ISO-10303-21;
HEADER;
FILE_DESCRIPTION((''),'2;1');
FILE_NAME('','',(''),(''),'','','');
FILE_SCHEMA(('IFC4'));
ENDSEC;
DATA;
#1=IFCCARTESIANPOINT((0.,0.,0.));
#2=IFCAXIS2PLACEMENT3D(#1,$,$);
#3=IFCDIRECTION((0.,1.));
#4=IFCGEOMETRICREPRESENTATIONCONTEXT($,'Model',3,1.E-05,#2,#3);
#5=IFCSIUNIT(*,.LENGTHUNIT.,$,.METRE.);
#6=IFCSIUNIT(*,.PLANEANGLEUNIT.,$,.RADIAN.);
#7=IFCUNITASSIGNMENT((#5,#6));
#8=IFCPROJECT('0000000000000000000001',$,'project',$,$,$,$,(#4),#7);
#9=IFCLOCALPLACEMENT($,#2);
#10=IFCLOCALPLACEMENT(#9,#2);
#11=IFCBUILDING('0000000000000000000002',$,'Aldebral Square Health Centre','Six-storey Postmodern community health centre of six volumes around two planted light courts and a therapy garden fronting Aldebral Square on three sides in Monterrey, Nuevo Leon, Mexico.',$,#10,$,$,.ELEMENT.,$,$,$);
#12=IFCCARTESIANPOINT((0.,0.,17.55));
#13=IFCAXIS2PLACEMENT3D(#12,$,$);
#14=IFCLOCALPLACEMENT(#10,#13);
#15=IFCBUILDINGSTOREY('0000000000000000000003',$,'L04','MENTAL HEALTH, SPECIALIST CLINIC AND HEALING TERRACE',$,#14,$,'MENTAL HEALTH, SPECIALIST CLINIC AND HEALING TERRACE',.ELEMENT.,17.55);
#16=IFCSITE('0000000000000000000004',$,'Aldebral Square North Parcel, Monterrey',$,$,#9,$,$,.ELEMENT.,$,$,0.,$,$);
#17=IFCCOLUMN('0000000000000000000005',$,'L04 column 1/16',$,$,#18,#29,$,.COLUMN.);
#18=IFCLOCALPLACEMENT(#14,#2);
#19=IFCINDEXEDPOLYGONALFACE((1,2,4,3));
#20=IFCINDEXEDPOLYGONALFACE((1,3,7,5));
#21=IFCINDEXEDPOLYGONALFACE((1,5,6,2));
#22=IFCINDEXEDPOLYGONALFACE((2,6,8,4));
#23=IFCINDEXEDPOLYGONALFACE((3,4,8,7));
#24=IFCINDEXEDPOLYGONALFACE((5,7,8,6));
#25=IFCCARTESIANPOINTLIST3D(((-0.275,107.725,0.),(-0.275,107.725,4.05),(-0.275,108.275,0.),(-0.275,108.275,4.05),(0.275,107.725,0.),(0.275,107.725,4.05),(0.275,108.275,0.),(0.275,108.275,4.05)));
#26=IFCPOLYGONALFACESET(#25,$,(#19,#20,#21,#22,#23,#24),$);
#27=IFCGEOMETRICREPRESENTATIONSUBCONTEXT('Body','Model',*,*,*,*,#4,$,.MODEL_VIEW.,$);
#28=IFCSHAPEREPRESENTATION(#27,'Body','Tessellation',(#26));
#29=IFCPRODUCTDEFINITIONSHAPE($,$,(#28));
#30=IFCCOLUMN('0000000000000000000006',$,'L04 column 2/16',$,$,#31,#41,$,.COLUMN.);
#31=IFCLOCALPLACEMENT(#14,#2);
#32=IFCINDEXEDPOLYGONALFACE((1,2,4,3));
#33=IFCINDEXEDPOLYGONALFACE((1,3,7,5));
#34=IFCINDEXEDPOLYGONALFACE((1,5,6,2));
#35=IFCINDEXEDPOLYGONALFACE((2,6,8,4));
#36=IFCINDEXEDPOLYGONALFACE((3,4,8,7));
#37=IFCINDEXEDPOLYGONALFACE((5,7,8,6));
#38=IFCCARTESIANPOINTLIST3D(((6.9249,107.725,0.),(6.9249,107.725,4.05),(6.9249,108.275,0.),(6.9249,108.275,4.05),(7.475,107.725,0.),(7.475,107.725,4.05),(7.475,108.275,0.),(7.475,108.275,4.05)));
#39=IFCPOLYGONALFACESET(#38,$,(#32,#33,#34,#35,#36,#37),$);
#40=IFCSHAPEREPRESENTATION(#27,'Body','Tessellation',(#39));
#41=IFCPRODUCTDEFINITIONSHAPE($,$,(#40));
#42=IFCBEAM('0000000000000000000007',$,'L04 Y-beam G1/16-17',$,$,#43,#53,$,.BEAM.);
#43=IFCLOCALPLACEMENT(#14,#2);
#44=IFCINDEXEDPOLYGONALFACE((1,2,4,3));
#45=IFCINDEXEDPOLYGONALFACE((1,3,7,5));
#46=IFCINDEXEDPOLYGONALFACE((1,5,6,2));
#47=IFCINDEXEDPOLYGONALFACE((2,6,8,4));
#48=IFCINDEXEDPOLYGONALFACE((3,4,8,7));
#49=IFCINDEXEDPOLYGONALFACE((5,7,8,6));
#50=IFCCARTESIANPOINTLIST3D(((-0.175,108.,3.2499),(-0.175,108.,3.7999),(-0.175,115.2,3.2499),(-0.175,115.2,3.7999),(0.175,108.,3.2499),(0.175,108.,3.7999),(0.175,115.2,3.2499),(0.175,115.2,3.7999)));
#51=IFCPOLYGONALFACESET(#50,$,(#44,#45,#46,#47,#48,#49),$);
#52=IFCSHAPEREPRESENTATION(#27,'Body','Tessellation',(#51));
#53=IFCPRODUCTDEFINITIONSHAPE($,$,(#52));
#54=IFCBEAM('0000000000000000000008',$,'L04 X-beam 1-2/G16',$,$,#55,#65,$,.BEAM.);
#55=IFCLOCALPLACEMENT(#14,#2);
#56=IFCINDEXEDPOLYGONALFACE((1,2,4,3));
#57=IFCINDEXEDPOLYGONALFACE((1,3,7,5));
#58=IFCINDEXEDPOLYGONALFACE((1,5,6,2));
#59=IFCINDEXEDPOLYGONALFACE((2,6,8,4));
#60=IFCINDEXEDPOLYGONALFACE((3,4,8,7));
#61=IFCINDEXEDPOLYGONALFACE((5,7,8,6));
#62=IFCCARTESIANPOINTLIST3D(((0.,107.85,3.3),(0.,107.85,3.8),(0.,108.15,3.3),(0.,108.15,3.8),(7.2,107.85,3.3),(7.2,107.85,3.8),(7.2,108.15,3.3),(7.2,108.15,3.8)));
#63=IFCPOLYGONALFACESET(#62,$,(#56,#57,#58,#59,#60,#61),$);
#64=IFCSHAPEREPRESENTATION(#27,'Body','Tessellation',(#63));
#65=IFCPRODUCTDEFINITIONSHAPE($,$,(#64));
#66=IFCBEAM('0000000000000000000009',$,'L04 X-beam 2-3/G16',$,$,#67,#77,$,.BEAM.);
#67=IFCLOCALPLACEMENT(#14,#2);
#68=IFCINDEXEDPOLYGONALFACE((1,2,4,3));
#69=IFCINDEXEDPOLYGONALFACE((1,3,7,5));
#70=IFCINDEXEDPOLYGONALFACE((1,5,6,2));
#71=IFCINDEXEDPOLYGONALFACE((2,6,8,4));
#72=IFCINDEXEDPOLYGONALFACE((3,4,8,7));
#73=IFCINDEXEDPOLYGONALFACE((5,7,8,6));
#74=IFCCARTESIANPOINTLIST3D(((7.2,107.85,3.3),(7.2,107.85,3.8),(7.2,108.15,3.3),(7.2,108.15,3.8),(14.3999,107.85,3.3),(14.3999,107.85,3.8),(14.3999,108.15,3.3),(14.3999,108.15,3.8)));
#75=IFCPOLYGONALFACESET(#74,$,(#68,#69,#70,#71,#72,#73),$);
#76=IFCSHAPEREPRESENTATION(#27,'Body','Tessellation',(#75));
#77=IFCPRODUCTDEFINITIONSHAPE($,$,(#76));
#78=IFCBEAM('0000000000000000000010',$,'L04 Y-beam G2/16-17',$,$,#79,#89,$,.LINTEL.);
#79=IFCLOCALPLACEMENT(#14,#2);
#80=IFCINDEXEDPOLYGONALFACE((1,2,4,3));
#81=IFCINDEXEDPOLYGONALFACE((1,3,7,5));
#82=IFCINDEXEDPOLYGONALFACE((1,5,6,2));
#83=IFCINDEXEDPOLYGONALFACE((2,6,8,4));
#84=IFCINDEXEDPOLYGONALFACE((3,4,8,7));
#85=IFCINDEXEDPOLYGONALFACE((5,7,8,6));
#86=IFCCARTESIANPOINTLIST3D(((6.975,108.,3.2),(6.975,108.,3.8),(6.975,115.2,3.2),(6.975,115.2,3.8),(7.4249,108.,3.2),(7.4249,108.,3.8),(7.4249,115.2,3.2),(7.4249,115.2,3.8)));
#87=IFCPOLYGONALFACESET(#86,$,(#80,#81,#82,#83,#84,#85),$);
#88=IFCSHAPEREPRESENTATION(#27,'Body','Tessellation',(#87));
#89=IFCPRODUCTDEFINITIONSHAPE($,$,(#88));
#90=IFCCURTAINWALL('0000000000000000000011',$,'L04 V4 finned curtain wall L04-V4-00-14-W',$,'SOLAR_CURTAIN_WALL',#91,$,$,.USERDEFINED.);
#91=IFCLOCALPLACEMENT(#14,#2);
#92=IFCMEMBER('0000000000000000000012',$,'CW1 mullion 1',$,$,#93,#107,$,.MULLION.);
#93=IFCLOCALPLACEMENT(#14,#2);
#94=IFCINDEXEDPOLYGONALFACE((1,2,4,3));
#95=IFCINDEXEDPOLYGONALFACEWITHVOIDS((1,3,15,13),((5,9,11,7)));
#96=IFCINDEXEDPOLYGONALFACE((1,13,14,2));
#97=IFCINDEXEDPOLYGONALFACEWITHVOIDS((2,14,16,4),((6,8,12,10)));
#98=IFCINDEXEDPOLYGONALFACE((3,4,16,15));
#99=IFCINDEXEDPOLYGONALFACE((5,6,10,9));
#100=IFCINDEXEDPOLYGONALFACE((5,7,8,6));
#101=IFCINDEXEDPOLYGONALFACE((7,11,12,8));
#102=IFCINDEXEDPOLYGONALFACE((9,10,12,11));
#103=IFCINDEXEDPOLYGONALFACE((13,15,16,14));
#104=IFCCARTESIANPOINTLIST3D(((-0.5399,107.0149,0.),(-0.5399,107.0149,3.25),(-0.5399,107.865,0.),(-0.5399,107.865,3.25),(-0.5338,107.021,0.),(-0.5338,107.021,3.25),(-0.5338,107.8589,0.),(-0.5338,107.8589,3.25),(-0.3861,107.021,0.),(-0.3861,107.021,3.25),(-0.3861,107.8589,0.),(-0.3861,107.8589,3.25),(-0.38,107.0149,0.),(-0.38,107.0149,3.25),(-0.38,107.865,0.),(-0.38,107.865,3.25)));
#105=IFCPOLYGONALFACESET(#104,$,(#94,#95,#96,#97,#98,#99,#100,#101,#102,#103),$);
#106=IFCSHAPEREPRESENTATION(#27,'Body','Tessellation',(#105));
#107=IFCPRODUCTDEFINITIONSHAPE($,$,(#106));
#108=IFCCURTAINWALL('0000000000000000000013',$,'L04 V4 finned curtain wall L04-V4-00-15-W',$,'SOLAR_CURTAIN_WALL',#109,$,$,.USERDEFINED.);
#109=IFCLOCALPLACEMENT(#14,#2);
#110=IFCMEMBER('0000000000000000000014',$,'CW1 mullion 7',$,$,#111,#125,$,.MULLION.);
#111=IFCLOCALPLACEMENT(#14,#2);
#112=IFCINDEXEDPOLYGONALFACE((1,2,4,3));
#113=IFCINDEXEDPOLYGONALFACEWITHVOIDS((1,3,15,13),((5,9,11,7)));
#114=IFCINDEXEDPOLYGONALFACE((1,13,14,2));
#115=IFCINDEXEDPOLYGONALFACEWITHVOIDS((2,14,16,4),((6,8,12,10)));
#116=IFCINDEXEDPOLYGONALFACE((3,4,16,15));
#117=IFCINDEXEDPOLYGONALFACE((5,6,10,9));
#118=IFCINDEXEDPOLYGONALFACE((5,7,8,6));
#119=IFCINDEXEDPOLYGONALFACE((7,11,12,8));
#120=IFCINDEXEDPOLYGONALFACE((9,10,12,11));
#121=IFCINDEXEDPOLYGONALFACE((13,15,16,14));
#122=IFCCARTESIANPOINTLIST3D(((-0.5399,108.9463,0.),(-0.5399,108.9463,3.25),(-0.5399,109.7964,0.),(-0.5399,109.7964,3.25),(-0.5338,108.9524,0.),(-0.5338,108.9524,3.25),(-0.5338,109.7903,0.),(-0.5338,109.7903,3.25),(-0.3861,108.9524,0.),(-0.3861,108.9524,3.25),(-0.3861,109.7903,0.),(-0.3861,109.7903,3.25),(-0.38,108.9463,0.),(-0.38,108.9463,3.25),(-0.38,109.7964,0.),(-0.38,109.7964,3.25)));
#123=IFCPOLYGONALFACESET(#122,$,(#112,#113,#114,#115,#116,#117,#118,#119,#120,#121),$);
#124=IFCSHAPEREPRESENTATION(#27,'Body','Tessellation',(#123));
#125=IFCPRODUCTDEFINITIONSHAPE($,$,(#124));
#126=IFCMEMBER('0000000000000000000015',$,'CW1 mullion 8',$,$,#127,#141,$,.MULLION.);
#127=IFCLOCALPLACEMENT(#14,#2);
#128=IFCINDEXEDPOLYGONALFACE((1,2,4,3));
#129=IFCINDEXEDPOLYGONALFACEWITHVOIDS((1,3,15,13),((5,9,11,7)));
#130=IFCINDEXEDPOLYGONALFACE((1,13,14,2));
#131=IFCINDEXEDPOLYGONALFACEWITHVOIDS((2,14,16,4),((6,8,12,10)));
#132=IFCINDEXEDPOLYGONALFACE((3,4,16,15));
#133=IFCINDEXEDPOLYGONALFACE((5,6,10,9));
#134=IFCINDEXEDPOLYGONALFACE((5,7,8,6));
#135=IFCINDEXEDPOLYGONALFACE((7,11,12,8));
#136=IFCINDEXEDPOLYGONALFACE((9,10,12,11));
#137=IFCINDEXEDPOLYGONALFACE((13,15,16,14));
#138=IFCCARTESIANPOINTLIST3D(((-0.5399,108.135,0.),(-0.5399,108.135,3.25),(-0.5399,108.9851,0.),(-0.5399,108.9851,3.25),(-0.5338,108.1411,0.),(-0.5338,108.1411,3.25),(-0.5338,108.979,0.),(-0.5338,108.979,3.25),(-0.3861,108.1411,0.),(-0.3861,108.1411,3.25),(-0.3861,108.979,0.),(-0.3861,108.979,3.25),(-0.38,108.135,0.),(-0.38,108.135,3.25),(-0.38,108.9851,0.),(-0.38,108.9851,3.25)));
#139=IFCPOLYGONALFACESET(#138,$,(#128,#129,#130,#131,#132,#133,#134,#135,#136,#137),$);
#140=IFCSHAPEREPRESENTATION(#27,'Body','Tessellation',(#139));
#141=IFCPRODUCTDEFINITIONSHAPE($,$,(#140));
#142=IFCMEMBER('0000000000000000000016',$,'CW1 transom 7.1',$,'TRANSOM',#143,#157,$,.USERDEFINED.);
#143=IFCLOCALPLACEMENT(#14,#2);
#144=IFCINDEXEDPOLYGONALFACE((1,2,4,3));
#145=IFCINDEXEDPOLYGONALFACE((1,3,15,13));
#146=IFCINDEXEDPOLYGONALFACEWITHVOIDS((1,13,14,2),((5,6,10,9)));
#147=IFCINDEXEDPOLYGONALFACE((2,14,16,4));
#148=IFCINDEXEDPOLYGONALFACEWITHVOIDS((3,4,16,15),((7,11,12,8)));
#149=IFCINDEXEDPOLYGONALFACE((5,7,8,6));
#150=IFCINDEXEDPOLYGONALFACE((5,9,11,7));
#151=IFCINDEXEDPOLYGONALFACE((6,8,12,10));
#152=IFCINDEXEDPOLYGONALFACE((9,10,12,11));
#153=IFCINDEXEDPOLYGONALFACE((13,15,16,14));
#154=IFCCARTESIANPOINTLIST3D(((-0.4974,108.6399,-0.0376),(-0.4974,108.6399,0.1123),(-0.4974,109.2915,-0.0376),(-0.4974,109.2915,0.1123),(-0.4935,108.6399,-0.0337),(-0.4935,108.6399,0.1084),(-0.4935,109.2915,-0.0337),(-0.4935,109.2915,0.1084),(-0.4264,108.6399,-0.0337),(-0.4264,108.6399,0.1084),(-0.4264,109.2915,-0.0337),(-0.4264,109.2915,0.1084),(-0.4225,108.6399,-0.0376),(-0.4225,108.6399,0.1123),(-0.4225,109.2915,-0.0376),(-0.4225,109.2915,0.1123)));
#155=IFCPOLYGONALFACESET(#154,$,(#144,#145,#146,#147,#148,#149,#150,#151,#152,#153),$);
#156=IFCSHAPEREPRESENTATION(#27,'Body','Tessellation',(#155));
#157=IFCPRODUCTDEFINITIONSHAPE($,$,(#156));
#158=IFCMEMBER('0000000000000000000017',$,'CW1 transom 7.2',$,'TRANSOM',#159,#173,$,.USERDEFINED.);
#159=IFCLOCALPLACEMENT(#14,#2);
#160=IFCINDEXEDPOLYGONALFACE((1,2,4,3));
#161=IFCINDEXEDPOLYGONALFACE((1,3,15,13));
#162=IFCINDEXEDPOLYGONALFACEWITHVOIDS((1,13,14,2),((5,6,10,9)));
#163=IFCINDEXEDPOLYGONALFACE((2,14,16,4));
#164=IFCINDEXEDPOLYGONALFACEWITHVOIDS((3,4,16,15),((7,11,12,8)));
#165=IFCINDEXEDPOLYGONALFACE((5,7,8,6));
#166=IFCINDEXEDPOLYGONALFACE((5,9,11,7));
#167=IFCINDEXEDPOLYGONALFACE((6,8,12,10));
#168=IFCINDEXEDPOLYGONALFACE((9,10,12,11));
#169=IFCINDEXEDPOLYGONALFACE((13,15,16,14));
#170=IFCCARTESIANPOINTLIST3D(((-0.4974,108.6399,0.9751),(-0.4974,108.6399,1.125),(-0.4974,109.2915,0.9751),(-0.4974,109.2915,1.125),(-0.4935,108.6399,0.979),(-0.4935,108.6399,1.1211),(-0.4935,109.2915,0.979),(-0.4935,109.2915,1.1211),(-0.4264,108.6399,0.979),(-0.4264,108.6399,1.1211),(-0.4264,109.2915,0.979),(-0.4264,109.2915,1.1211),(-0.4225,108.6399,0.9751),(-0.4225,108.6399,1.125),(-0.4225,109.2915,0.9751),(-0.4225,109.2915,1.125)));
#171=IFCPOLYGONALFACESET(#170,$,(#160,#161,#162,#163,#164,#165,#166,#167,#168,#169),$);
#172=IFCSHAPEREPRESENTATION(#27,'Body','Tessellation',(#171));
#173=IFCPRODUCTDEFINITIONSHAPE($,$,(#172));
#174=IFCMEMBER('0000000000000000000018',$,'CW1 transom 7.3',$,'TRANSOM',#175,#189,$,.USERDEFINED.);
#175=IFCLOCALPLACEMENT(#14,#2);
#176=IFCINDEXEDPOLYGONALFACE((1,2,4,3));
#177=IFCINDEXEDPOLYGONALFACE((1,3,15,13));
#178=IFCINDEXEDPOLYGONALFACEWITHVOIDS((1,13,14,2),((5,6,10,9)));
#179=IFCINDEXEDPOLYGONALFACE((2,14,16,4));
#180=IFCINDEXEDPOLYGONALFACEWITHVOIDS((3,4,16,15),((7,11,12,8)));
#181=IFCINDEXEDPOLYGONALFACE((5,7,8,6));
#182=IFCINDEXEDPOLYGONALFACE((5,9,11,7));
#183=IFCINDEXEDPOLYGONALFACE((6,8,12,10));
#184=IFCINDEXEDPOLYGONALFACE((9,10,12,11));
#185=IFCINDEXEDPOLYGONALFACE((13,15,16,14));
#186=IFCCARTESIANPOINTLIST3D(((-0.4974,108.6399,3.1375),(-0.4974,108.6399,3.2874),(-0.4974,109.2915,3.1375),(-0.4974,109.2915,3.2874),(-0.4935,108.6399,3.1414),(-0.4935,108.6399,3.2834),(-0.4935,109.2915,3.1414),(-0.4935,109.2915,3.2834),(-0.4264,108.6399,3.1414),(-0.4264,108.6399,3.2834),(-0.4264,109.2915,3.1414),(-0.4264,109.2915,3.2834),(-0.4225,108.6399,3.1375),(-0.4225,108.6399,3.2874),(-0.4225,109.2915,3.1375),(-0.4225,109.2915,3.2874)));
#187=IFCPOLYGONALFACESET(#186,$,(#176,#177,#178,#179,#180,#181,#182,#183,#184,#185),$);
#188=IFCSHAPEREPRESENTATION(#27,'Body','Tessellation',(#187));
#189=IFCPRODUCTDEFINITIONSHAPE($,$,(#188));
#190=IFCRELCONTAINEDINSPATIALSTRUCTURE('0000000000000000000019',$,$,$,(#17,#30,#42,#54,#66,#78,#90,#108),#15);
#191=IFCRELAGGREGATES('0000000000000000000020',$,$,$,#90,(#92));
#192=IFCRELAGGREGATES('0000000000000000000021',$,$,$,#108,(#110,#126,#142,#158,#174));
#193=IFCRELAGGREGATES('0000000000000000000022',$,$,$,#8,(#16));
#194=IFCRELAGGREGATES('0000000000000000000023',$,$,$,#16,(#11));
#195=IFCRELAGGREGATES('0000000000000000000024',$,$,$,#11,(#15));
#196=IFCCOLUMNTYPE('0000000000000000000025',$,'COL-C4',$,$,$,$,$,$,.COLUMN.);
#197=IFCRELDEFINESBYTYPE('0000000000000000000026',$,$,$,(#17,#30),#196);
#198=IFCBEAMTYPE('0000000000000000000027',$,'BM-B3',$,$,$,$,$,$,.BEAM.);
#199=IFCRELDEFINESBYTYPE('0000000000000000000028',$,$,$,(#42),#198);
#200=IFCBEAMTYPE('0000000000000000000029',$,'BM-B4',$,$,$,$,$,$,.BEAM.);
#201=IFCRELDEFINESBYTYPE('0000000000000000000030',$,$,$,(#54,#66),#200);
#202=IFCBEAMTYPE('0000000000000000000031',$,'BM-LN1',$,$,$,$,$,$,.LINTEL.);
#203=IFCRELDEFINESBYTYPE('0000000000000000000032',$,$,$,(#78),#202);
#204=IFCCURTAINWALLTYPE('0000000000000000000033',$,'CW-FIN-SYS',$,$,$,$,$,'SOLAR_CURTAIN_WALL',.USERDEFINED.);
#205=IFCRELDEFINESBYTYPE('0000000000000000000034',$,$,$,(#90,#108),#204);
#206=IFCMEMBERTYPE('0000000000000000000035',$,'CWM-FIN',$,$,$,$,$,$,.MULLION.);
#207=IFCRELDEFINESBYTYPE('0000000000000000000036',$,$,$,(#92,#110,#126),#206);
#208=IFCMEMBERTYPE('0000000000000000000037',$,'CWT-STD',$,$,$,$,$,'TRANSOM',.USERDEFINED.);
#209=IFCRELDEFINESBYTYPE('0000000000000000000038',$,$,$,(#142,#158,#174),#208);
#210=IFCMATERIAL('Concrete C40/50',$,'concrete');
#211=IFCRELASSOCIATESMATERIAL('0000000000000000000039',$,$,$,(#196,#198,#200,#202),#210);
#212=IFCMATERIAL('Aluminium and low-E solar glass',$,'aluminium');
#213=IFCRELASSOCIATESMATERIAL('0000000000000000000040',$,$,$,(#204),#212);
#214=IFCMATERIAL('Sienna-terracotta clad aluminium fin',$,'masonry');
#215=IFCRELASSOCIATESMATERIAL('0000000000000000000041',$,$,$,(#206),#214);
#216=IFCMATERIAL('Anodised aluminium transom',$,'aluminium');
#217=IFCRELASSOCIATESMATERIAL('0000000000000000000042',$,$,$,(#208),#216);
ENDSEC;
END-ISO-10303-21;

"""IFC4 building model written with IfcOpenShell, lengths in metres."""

from ifc_helpers import new_model, si_unit, direction, frame, origin, origin_2d, place, context, subcontext, project, spatial, rectangle, hollow_rectangle, extrude, material, material_profile, profile_set, type_object, element, aggregate, save


model = new_model("IFC4")

# Units and contexts
model_context = context("Model", 3, precision=1e-05, world=origin(), true_north=direction((0.0, 1.0)))
body_context = subcontext(model_context, "Body", "Model", "MODEL_VIEW")
ifc_project = project(units=[si_unit("LENGTHUNIT", "METRE"), si_unit("PLANEANGLEUNIT", "RADIAN")], contexts=[model_context])

# Site, building, storey
site_placement = place(None, origin())
site = spatial("IfcSite", under=ifc_project, at=site_placement, Name="Aldebral Square North Parcel, Monterrey", CompositionType="ELEMENT", RefElevation=0.0)
building_placement = place(site_placement, origin())
building = spatial("IfcBuilding", under=site, at=building_placement, Name="Aldebral Square Health Centre", Description="Six-storey Postmodern community health centre of six volumes around two planted light courts and a therapy garden fronting Aldebral Square on three sides in Monterrey, Nuevo Leon, Mexico.", CompositionType="ELEMENT")
storey_placement = place(building_placement, frame((0.0, 0.0, 17.55)))
storey = spatial("IfcBuildingStorey", under=building, at=storey_placement, Name="L04", Description="MENTAL HEALTH, SPECIALIST CLINIC AND HEALING TERRACE", LongName="MENTAL HEALTH, SPECIALIST CLINIC AND HEALING TERRACE", CompositionType="ELEMENT", Elevation=17.55)

# Columns
ifc_material_1 = material(Name="Concrete C40/50", Category="concrete")
ifc_material_profile_1 = material_profile(ifc_material_1, rectangle(XDim=0.55, YDim=0.55, at=origin_2d()), Name="RC 550x550")
ifc_profile_set_1 = profile_set([ifc_material_profile_1], Name="Concrete C40/50")
column_type = type_object("IfcColumnType", Name="COL-C4", PredefinedType="COLUMN", material=ifc_profile_set_1)
for number, where, z_axis, x_axis, name in (
    (1, (0.0, 108.0, 0.0), (0.0, 0.0, 1.0), (1.0, 0.0, 0.0), "L04 column 1/16"),
    (2, (7.2, 108.0, 0.0), (0.0, 0.0, 1.0), (1.0, 0.0, 0.0), "L04 column 2/16"),
):
    element("IfcColumn", number, at=place(storey_placement, frame(where, z_axis=z_axis, x_axis=x_axis)), inside=storey, type_object=column_type, Name=name, PredefinedType="COLUMN", context=body_context, shape_type="SweptSolid", body=[
        extrude(rectangle(XDim=0.55, YDim=0.55, at=origin_2d()), origin(), (0.0, 0.0, 1.0), 4.05),
    ])

# Beams
ifc_material_profile_2 = material_profile(ifc_material_1, rectangle(XDim=0.3501, YDim=0.55, at=origin_2d()), Name="RC 350x550")
ifc_profile_set_2 = profile_set([ifc_material_profile_2], Name="Concrete C40/50")
beam_type_1 = type_object("IfcBeamType", Name="BM-B3", PredefinedType="BEAM", material=ifc_profile_set_2)
beam_1_placement = place(storey_placement, frame((0.0, 108.0, 3.5249), z_axis=(0.0, 1.0, 0.0), x_axis=(-1.0, 0.0, 0.0)))
element("IfcBeam", 3, at=beam_1_placement, inside=storey, type_object=beam_type_1, Name="L04 Y-beam G1/16-17", PredefinedType="BEAM", context=body_context, shape_type="SweptSolid", body=[
    extrude(rectangle(XDim=0.3501, YDim=0.55, at=origin_2d()), origin(), (0.0, 0.0, 1.0), 7.2),
])
ifc_material_profile_3 = material_profile(ifc_material_1, rectangle(XDim=0.3, YDim=0.5, at=origin_2d()), Name="RC 300x500")
ifc_profile_set_3 = profile_set([ifc_material_profile_3], Name="Concrete C40/50")
beam_type_2 = type_object("IfcBeamType", Name="BM-B4", PredefinedType="BEAM", material=ifc_profile_set_3)
for number, where, z_axis, x_axis, name in (
    (4, (0.0, 108.0, 3.55), (1.0, 0.0, 0.0), (0.0, 1.0, 0.0), "L04 X-beam 1-2/G16"),
    (5, (7.2, 108.0, 3.55), (1.0, 0.0, 0.0), (0.0, 1.0, 0.0), "L04 X-beam 2-3/G16"),
):
    element("IfcBeam", number, at=place(storey_placement, frame(where, z_axis=z_axis, x_axis=x_axis)), inside=storey, type_object=beam_type_2, Name=name, PredefinedType="BEAM", context=body_context, shape_type="SweptSolid", body=[
        extrude(rectangle(XDim=0.3, YDim=0.5, at=origin_2d()), origin(), (0.0, 0.0, 1.0), 7.2),
    ])
ifc_material_profile_4 = material_profile(ifc_material_1, rectangle(XDim=0.45, YDim=0.6001, at=origin_2d()), Name="RC 450x600")
ifc_profile_set_4 = profile_set([ifc_material_profile_4], Name="Concrete C40/50")
beam_type_3 = type_object("IfcBeamType", Name="BM-LN1", PredefinedType="LINTEL", material=ifc_profile_set_4)
beam_2_placement = place(storey_placement, frame((7.2, 108.0, 3.5), z_axis=(0.0, 1.0, 0.0), x_axis=(-1.0, 0.0, 0.0)))
element("IfcBeam", 6, at=beam_2_placement, inside=storey, type_object=beam_type_3, Name="L04 Y-beam G2/16-17", PredefinedType="LINTEL", context=body_context, shape_type="SweptSolid", body=[
    extrude(rectangle(XDim=0.45, YDim=0.6001, at=origin_2d()), origin(), (0.0, 0.0, 1.0), 7.2),
])

# Curtain wall, member
ifc_material_2 = material(Name="Aluminium and low-E solar glass", Category="aluminium")
curtain_wall_type = type_object("IfcCurtainWallType", Name="CW-FIN-SYS", ElementType="SOLAR_CURTAIN_WALL", PredefinedType="USERDEFINED", material=ifc_material_2)
curtain_wall_1_placement = place(storey_placement, origin())
curtain_wall_1 = element("IfcCurtainWall", 7, at=curtain_wall_1_placement, inside=storey, type_object=curtain_wall_type, Name="L04 V4 finned curtain wall L04-V4-00-14-W", ObjectType="SOLAR_CURTAIN_WALL", PredefinedType="USERDEFINED")
ifc_material_3 = material(Name="Sienna-terracotta clad aluminium fin", Category="masonry")
ifc_material_profile_5 = material_profile(ifc_material_3, hollow_rectangle(XDim=0.1599, YDim=0.8501, WallThickness=0.0061, at=origin_2d()), Name="FIN 160x850x6")
ifc_profile_set_5 = profile_set([ifc_material_profile_5], Name="Sienna-terracotta clad aluminium fin")
member_type_1 = type_object("IfcMemberType", Name="CWM-FIN", PredefinedType="MULLION", material=ifc_profile_set_5)
member_1_placement = place(storey_placement, frame((-0.46, 107.4399, 0.0), z_axis=(0.0, 0.0, 1.0), x_axis=(1.0, 0.0, 0.0)))
member_1 = element("IfcMember", 8, at=member_1_placement, type_object=member_type_1, Name="CW1 mullion 1", PredefinedType="MULLION", context=body_context, shape_type="SweptSolid", body=[
    extrude(hollow_rectangle(XDim=0.1599, YDim=0.8501, WallThickness=0.0061, at=origin_2d()), origin(), (0.0, 0.0, 1.0), 3.25),
])
aggregate(curtain_wall_1, [member_1])

# Curtain wall, members
curtain_wall_2_placement = place(storey_placement, origin())
curtain_wall_2 = element("IfcCurtainWall", 9, at=curtain_wall_2_placement, inside=storey, type_object=curtain_wall_type, Name="L04 V4 finned curtain wall L04-V4-00-15-W", ObjectType="SOLAR_CURTAIN_WALL", PredefinedType="USERDEFINED")
member_2_placement = place(storey_placement, frame((-0.46, 109.3713, 0.0), z_axis=(0.0, 0.0, 1.0), x_axis=(1.0, 0.0, 0.0)))
member_2 = element("IfcMember", 10, at=member_2_placement, type_object=member_type_1, Name="CW1 mullion 7", PredefinedType="MULLION", context=body_context, shape_type="SweptSolid", body=[
    extrude(hollow_rectangle(XDim=0.1599, YDim=0.8501, WallThickness=0.0061, at=origin_2d()), origin(), (0.0, 0.0, 1.0), 3.25),
])
member_3_placement = place(storey_placement, frame((-0.46, 108.5601, 0.0), z_axis=(0.0, 0.0, 1.0), x_axis=(1.0, 0.0, 0.0)))
member_3 = element("IfcMember", 11, at=member_3_placement, type_object=member_type_1, Name="CW1 mullion 8", PredefinedType="MULLION", context=body_context, shape_type="SweptSolid", body=[
    extrude(hollow_rectangle(XDim=0.1599, YDim=0.8501, WallThickness=0.0061, at=origin_2d()), origin(), (0.0, 0.0, 1.0), 3.25),
])
ifc_material_4 = material(Name="Anodised aluminium transom", Category="aluminium")
ifc_material_profile_6 = material_profile(ifc_material_4, hollow_rectangle(XDim=0.075, YDim=0.1499, WallThickness=0.0039, at=origin_2d()), Name="CWT 75x150x4")
ifc_profile_set_6 = profile_set([ifc_material_profile_6], Name="Anodised aluminium transom")
member_type_2 = type_object("IfcMemberType", Name="CWT-STD", ElementType="TRANSOM", PredefinedType="USERDEFINED", material=ifc_profile_set_6)
member_4_placement = place(storey_placement, frame((-0.46, 109.2915, 0.0374), z_axis=(0.0, -1.0, 0.0), x_axis=(1.0, 0.0, 0.0)))
member_4 = element("IfcMember", 12, at=member_4_placement, type_object=member_type_2, Name="CW1 transom 7.1", ObjectType="TRANSOM", PredefinedType="USERDEFINED", context=body_context, shape_type="SweptSolid", body=[
    extrude(hollow_rectangle(XDim=0.075, YDim=0.1499, WallThickness=0.0039, at=origin_2d()), origin(), (0.0, 0.0, 1.0), 0.6516),
])
member_5_placement = place(storey_placement, frame((-0.46, 109.2915, 1.05), z_axis=(0.0, -1.0, 0.0), x_axis=(1.0, 0.0, 0.0)))
member_5 = element("IfcMember", 13, at=member_5_placement, type_object=member_type_2, Name="CW1 transom 7.2", ObjectType="TRANSOM", PredefinedType="USERDEFINED", context=body_context, shape_type="SweptSolid", body=[
    extrude(hollow_rectangle(XDim=0.075, YDim=0.1499, WallThickness=0.0039, at=origin_2d()), origin(), (0.0, 0.0, 1.0), 0.6516),
])
member_6_placement = place(storey_placement, frame((-0.46, 109.2915, 3.2124), z_axis=(0.0, -1.0, 0.0), x_axis=(1.0, 0.0, 0.0)))
member_6 = element("IfcMember", 14, at=member_6_placement, type_object=member_type_2, Name="CW1 transom 7.3", ObjectType="TRANSOM", PredefinedType="USERDEFINED", context=body_context, shape_type="SweptSolid", body=[
    extrude(hollow_rectangle(XDim=0.075, YDim=0.1499, WallThickness=0.0039, at=origin_2d()), origin(), (0.0, 0.0, 1.0), 0.6516),
])
aggregate(curtain_wall_2, [member_2, member_3, member_4, member_5, member_6])

save(model, "model.ifc")
